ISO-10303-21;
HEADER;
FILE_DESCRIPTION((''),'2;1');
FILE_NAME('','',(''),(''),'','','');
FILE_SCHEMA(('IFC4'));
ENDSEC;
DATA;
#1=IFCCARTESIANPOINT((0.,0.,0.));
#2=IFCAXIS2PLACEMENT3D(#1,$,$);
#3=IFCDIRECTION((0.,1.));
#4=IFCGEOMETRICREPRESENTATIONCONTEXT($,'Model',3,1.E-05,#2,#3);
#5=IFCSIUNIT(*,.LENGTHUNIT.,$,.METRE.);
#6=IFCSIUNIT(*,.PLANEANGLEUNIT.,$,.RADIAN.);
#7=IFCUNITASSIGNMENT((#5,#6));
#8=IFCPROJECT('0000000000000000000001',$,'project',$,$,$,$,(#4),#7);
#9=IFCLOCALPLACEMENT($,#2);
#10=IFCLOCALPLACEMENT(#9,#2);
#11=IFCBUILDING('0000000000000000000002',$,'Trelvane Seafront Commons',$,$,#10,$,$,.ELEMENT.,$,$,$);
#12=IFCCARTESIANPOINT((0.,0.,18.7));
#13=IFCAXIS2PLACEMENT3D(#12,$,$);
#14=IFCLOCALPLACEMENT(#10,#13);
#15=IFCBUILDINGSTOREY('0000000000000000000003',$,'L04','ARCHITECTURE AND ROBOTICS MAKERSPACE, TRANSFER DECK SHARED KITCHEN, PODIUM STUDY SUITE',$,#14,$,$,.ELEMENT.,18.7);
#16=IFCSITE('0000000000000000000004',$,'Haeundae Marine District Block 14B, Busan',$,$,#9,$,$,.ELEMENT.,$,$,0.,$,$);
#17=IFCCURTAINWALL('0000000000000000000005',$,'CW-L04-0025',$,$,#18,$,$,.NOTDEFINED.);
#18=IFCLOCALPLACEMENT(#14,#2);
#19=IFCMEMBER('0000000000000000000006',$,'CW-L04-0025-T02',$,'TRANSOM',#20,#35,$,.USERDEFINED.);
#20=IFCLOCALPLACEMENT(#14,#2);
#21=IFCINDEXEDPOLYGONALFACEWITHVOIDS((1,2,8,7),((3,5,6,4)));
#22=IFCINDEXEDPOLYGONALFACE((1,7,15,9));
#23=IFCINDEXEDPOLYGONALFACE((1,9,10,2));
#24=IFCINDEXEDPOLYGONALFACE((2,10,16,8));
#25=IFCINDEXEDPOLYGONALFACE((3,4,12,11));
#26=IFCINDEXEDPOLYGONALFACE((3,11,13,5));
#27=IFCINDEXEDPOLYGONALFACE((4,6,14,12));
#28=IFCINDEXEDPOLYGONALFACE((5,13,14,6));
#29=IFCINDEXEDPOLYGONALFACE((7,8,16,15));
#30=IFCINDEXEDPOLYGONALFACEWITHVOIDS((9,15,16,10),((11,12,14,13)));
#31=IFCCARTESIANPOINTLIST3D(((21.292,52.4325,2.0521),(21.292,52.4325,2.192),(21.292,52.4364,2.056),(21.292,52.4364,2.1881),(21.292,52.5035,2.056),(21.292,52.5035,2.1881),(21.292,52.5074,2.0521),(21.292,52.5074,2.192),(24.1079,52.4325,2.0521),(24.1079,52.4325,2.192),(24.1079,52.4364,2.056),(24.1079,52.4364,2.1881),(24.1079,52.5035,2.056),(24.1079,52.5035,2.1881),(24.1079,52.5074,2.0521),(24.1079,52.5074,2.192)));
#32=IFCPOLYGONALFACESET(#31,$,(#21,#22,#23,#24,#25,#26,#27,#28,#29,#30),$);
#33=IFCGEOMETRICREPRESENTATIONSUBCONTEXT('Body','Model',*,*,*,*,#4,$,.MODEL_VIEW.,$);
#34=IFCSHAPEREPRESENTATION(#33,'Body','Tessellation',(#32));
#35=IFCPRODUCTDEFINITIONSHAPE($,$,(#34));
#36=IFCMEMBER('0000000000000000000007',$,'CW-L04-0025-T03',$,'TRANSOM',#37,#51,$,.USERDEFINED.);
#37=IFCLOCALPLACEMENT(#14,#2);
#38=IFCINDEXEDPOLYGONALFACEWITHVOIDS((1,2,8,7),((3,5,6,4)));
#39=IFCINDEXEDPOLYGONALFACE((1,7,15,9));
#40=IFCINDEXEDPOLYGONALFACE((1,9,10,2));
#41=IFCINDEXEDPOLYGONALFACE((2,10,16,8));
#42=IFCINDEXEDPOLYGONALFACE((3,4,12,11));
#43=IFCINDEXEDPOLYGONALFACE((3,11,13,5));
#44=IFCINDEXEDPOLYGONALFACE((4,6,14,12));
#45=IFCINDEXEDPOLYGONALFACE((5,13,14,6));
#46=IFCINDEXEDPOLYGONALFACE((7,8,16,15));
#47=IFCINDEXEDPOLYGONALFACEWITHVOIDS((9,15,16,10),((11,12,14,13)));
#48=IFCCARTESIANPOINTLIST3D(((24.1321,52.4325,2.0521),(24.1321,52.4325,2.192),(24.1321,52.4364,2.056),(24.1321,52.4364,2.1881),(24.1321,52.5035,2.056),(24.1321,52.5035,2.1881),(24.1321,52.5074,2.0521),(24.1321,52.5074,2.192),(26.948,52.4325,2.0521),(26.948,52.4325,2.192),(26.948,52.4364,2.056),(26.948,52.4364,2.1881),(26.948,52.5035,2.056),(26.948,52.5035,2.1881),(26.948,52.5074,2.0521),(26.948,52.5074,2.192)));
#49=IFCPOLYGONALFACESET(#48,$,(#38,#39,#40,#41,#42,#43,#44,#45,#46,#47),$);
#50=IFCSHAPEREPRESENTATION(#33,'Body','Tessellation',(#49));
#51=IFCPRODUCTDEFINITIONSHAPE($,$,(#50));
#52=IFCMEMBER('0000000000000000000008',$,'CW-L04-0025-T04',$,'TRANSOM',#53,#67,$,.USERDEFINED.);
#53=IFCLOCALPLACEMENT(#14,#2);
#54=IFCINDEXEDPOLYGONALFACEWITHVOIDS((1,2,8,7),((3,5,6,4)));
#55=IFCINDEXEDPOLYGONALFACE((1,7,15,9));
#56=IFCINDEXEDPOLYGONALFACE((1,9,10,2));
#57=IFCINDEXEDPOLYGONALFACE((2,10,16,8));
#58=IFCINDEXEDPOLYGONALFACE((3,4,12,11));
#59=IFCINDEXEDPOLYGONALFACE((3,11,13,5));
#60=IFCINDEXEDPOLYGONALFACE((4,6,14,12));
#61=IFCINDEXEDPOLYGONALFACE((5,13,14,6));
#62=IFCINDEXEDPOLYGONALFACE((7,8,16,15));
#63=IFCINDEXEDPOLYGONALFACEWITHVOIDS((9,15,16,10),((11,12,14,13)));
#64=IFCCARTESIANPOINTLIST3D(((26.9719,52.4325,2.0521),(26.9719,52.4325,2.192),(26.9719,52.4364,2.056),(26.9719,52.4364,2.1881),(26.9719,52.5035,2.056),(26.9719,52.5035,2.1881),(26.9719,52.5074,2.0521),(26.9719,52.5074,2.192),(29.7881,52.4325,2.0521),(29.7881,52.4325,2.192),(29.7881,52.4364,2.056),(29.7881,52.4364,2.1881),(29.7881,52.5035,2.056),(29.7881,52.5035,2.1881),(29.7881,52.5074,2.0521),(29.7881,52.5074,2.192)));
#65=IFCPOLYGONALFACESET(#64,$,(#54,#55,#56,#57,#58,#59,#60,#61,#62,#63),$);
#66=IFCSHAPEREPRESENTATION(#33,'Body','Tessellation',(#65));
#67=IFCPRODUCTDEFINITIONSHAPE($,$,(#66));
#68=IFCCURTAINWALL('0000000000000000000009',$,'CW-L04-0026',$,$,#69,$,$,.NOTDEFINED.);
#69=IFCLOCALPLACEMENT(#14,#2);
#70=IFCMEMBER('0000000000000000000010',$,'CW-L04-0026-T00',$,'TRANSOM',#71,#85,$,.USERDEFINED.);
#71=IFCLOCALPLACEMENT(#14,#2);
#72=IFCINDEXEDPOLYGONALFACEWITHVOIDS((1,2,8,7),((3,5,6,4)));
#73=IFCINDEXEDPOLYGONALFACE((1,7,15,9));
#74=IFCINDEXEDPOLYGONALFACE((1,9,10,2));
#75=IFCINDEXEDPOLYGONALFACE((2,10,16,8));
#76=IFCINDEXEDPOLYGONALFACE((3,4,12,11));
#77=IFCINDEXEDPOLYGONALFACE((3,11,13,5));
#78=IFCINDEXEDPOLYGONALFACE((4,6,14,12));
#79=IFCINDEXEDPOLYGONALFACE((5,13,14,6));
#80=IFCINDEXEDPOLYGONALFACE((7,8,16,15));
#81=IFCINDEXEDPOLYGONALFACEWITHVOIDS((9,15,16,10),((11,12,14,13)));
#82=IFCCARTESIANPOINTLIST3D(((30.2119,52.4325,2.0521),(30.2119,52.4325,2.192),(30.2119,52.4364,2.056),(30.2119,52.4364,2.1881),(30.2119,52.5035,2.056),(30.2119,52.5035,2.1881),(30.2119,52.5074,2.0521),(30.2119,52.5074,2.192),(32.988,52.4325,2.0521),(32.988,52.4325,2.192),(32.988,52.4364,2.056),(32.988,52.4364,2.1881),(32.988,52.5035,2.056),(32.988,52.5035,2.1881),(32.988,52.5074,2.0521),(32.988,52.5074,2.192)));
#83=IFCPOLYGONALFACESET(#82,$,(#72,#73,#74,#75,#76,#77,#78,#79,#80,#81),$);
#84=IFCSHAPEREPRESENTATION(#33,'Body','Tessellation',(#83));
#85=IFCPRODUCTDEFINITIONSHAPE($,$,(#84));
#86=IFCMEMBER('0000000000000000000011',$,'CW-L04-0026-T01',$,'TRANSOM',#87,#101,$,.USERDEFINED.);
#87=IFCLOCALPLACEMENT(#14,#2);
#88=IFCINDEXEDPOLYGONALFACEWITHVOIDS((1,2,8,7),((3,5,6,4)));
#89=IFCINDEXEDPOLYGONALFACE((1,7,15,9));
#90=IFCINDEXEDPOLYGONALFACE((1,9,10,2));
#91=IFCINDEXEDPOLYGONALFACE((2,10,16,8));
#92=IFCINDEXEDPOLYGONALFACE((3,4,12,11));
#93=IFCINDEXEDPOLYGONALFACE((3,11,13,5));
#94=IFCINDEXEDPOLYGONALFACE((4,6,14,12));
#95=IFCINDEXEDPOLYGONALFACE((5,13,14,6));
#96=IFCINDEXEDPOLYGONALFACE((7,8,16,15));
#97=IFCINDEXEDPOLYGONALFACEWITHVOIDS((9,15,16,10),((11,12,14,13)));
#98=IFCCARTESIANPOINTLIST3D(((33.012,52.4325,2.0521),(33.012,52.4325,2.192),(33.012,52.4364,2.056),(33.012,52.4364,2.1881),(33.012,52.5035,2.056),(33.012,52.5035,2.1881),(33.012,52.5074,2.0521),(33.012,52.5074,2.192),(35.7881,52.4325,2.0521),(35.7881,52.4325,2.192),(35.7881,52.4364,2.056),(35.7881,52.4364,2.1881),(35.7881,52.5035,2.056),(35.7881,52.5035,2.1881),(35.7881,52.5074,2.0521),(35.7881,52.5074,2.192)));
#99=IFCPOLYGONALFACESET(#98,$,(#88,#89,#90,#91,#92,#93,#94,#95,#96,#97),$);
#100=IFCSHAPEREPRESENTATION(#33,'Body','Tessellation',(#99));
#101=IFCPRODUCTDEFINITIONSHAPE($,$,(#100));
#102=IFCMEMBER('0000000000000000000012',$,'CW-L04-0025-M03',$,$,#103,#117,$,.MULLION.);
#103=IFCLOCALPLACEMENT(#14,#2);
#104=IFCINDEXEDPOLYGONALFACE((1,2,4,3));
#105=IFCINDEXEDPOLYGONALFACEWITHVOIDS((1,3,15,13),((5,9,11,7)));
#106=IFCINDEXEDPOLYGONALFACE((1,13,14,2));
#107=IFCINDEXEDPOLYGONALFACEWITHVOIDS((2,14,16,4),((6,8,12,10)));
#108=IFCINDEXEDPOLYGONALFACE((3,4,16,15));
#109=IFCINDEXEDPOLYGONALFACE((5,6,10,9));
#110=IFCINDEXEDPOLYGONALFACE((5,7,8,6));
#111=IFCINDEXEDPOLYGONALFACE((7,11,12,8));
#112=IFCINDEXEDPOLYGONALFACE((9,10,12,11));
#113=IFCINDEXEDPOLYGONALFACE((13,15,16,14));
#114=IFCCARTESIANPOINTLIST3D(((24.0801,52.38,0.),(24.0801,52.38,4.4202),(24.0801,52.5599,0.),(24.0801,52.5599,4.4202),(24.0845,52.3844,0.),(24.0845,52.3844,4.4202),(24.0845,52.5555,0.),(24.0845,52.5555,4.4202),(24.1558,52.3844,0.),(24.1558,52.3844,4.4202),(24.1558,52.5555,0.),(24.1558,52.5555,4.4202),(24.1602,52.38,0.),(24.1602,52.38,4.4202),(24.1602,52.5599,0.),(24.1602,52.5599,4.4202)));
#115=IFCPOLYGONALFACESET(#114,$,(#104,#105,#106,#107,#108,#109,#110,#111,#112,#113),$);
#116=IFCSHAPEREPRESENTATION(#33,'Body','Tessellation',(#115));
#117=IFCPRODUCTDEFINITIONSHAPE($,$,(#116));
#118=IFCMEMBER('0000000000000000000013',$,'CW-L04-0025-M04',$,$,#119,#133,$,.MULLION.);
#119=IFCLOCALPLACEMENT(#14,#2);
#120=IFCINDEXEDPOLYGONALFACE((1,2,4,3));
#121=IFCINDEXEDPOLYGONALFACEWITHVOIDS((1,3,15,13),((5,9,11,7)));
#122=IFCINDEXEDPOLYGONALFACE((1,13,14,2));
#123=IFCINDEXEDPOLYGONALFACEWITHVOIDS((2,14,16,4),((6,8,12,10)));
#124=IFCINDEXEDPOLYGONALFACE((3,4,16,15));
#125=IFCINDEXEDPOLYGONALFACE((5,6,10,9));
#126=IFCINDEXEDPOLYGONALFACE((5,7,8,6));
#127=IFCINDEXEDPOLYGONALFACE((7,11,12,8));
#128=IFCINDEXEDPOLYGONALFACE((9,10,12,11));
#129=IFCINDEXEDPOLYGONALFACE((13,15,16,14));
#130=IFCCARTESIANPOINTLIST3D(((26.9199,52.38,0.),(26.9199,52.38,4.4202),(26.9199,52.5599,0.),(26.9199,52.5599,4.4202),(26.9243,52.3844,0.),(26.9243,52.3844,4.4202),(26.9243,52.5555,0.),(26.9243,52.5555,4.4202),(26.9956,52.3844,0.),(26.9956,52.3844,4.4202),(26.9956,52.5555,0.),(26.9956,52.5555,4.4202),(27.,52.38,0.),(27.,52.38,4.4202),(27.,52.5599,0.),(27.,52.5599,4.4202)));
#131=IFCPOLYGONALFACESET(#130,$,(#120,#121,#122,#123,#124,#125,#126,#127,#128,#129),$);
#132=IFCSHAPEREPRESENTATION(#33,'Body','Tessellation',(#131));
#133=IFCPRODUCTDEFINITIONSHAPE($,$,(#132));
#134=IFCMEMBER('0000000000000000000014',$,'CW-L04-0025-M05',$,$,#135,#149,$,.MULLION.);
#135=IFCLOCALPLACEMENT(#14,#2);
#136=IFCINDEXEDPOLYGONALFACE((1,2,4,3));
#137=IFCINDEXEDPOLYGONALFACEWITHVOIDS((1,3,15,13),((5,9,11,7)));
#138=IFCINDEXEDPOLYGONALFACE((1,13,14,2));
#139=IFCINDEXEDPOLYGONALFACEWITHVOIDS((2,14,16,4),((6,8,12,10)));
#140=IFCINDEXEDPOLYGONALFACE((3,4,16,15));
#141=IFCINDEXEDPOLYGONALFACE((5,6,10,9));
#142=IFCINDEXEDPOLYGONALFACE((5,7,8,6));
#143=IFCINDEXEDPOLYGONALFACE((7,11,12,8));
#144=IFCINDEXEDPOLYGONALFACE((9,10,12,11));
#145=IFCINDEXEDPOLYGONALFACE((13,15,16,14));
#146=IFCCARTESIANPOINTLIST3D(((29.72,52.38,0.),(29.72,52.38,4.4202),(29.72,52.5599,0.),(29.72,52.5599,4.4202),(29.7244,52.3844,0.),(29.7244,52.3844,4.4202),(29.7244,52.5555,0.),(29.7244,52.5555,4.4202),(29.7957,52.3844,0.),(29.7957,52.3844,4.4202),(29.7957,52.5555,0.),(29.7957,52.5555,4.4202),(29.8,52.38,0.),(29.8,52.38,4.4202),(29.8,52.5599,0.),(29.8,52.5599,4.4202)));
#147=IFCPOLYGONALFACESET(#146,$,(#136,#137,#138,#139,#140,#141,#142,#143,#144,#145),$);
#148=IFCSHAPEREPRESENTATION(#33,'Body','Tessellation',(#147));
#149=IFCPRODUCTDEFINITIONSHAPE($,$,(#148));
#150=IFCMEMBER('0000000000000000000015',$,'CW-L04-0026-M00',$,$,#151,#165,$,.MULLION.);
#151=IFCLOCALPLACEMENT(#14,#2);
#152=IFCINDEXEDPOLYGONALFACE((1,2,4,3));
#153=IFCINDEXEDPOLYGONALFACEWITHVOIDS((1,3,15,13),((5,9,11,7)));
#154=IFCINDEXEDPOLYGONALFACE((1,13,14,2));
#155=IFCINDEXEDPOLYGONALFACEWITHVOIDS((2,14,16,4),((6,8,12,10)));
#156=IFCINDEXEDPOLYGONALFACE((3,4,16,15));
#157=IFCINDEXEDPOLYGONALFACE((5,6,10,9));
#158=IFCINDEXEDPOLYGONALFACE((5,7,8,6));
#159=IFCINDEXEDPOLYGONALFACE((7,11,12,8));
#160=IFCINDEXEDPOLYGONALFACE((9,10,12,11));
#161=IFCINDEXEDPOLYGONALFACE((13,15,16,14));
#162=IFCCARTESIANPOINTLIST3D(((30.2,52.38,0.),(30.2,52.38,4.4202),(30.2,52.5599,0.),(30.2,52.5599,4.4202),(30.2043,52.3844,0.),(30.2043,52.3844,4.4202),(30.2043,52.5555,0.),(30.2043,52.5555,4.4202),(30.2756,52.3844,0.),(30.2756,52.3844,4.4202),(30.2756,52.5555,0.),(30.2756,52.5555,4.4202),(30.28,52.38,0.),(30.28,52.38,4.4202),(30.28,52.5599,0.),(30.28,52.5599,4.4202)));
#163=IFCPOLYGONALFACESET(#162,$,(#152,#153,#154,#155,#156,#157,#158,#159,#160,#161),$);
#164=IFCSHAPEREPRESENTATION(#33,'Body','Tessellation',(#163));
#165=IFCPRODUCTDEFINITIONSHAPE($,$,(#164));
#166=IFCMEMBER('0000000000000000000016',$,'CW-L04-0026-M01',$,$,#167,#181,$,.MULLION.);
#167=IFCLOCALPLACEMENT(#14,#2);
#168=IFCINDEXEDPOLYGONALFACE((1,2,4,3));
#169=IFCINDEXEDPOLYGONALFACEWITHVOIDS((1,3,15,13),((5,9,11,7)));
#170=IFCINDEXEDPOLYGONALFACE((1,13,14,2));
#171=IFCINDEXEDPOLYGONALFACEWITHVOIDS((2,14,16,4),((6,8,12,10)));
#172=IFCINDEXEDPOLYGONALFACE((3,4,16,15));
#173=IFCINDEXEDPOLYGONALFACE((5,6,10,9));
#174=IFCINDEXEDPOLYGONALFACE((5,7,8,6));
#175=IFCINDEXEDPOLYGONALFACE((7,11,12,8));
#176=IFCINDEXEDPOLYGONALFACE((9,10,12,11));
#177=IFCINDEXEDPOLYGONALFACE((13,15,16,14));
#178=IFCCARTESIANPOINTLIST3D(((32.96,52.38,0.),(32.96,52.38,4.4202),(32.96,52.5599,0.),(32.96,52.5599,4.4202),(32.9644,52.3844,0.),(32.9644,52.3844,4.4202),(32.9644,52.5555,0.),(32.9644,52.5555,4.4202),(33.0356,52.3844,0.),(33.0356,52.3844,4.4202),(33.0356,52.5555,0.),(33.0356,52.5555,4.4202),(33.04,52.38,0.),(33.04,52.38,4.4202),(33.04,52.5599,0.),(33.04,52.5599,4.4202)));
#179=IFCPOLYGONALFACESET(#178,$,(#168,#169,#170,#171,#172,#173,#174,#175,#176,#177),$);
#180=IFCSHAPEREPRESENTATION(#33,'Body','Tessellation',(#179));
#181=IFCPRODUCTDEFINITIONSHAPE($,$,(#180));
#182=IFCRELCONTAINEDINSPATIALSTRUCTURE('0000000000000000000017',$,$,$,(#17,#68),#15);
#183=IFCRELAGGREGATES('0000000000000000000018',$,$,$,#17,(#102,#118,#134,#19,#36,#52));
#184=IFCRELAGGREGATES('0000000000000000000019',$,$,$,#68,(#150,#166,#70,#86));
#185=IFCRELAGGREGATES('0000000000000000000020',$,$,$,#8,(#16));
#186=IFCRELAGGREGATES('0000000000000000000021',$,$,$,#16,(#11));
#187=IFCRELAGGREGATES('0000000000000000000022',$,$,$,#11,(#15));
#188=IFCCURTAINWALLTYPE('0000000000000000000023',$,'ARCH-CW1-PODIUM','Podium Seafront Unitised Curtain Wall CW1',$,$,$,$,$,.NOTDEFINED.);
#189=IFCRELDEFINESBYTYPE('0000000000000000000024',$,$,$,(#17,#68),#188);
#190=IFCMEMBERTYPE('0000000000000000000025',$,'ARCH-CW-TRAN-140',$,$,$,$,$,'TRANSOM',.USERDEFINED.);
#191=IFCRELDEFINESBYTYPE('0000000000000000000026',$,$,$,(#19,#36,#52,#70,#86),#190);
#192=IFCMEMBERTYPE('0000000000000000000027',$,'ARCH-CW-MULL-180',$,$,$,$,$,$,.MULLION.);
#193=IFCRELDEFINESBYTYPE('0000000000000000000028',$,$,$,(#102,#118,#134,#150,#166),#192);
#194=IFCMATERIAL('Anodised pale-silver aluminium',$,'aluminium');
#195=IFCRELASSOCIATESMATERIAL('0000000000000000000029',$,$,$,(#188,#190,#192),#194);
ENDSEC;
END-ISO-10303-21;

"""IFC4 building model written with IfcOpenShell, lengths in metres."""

from ifc_helpers import new_model, si_unit, direction, frame, origin, origin_2d, place, context, subcontext, project, spatial, hollow_rectangle, extrude, source, transform, mapped, material, material_profile, profile_set, type_object, element, aggregate, save


model = new_model("IFC4")

# Units and contexts
model_context = context("Model", 3, precision=1e-05, world=origin(), true_north=direction((0.0, 1.0)))
body_context = subcontext(model_context, "Body", "Model", "MODEL_VIEW")
ifc_project = project(units=[si_unit("LENGTHUNIT", "METRE"), si_unit("PLANEANGLEUNIT", "RADIAN")], contexts=[model_context])

# Site, building, storey
site_placement = place(None, origin())
site = spatial("IfcSite", under=ifc_project, at=site_placement, Name="Haeundae Marine District Block 14B, Busan", CompositionType="ELEMENT", RefElevation=0.0)
building_placement = place(site_placement, origin())
building = spatial("IfcBuilding", under=site, at=building_placement, Name="Trelvane Seafront Commons", CompositionType="ELEMENT")
storey_placement = place(building_placement, frame((0.0, 0.0, 18.7)))
storey = spatial("IfcBuildingStorey", under=building, at=storey_placement, Name="L04", Description="ARCHITECTURE AND ROBOTICS MAKERSPACE, TRANSFER DECK SHARED KITCHEN, PODIUM STUDY SUITE", CompositionType="ELEMENT", Elevation=18.7)

# Curtain walls, members
ifc_material_1 = material(Name="Anodised pale-silver aluminium", Category="aluminium")
curtain_wall_type = type_object("IfcCurtainWallType", Name="ARCH-CW1-PODIUM", Description="Podium Seafront Unitised Curtain Wall CW1", PredefinedType="NOTDEFINED", material=ifc_material_1)
curtain_wall_1_placement = place(storey_placement, origin())
curtain_wall_1 = element("IfcCurtainWall", 1, at=curtain_wall_1_placement, inside=storey, type_object=curtain_wall_type, Name="CW-L04-0025", PredefinedType="NOTDEFINED")
ifc_material_profile_1 = material_profile(ifc_material_1, hollow_rectangle(XDim=0.075, YDim=0.1399, WallThickness=0.0039, at=origin_2d()), Name="TRAN-75x140x4")
ifc_profile_set_1 = profile_set([ifc_material_profile_1], Name="Anodised pale-silver aluminium")
member_type_1 = type_object("IfcMemberType", Name="ARCH-CW-TRAN-140", ElementType="TRANSOM", PredefinedType="USERDEFINED", material=ifc_profile_set_1)
shared_shape_1 = source(origin(), body_context, "Body", "SweptSolid", [
    extrude(hollow_rectangle(XDim=0.075, YDim=0.1399, WallThickness=0.0039, at=origin_2d()), origin(), (0.0, 0.0, 1.0), 2.8159),
])
member_1_placement = place(storey_placement, frame((21.292, 52.47, 2.1221), z_axis=(1.0, 0.0, 0.0), x_axis=(0.0, 1.0, 0.0)))
member_1 = element("IfcMember", 2, at=member_1_placement, type_object=member_type_1, Name="CW-L04-0025-T02", ObjectType="TRANSOM", PredefinedType="USERDEFINED", context=body_context, shape_type="MappedRepresentation", body=[
    mapped(shared_shape_1, transform((0.0, 0.0, 0.0), x_axis=(1.0, 0.0, 0.0), y_axis=(0.0, 1.0, 0.0), z_axis=(0.0, 0.0, 1.0), scale=1.0)),
])
member_2_placement = place(storey_placement, frame((24.1321, 52.47, 2.1221), z_axis=(1.0, 0.0, 0.0), x_axis=(0.0, 1.0, 0.0)))
member_2 = element("IfcMember", 3, at=member_2_placement, type_object=member_type_1, Name="CW-L04-0025-T03", ObjectType="TRANSOM", PredefinedType="USERDEFINED", context=body_context, shape_type="MappedRepresentation", body=[
    mapped(shared_shape_1, transform((0.0, 0.0, 0.0), x_axis=(1.0, 0.0, 0.0), y_axis=(0.0, 1.0, 0.0), z_axis=(0.0, 0.0, 1.0), scale=1.0)),
])
shared_shape_2 = source(origin(), body_context, "Body", "SweptSolid", [
    extrude(hollow_rectangle(XDim=0.075, YDim=0.1399, WallThickness=0.0039, at=origin_2d()), origin(), (0.0, 0.0, 1.0), 2.8162),
])
member_3_placement = place(storey_placement, frame((26.9719, 52.47, 2.1221), z_axis=(1.0, 0.0, 0.0), x_axis=(0.0, 1.0, 0.0)))
member_3 = element("IfcMember", 4, at=member_3_placement, type_object=member_type_1, Name="CW-L04-0025-T04", ObjectType="TRANSOM", PredefinedType="USERDEFINED", context=body_context, shape_type="MappedRepresentation", body=[
    mapped(shared_shape_2, transform((0.0, 0.0, 0.0), x_axis=(1.0, 0.0, 0.0), y_axis=(0.0, 1.0, 0.0), z_axis=(0.0, 0.0, 1.0), scale=1.0)),
])
curtain_wall_2_placement = place(storey_placement, origin())
curtain_wall_2 = element("IfcCurtainWall", 5, at=curtain_wall_2_placement, inside=storey, type_object=curtain_wall_type, Name="CW-L04-0026", PredefinedType="NOTDEFINED")
shared_shape_3 = source(origin(), body_context, "Body", "SweptSolid", [
    extrude(hollow_rectangle(XDim=0.075, YDim=0.1399, WallThickness=0.0039, at=origin_2d()), origin(), (0.0, 0.0, 1.0), 2.7761),
])
member_4_placement = place(storey_placement, frame((30.2119, 52.47, 2.1221), z_axis=(1.0, 0.0, 0.0), x_axis=(0.0, 1.0, 0.0)))
member_4 = element("IfcMember", 6, at=member_4_placement, type_object=member_type_1, Name="CW-L04-0026-T00", ObjectType="TRANSOM", PredefinedType="USERDEFINED", context=body_context, shape_type="MappedRepresentation", body=[
    mapped(shared_shape_3, transform((0.0, 0.0, 0.0), x_axis=(1.0, 0.0, 0.0), y_axis=(0.0, 1.0, 0.0), z_axis=(0.0, 0.0, 1.0), scale=1.0)),
])
member_5_placement = place(storey_placement, frame((33.012, 52.47, 2.1221), z_axis=(1.0, 0.0, 0.0), x_axis=(0.0, 1.0, 0.0)))
member_5 = element("IfcMember", 7, at=member_5_placement, type_object=member_type_1, Name="CW-L04-0026-T01", ObjectType="TRANSOM", PredefinedType="USERDEFINED", context=body_context, shape_type="MappedRepresentation", body=[
    mapped(shared_shape_3, transform((0.0, 0.0, 0.0), x_axis=(1.0, 0.0, 0.0), y_axis=(0.0, 1.0, 0.0), z_axis=(0.0, 0.0, 1.0), scale=1.0)),
])

# Members
ifc_material_profile_2 = material_profile(ifc_material_1, hollow_rectangle(XDim=0.0801, YDim=0.1799, WallThickness=0.0044, at=origin_2d()), Name="MULL-80x180x4.5")
ifc_profile_set_2 = profile_set([ifc_material_profile_2], Name="Anodised pale-silver aluminium")
member_type_2 = type_object("IfcMemberType", Name="ARCH-CW-MULL-180", PredefinedType="MULLION", material=ifc_profile_set_2)
shared_shape_4 = source(origin(), body_context, "Body", "SweptSolid", [
    extrude(hollow_rectangle(XDim=0.0801, YDim=0.1799, WallThickness=0.0044, at=origin_2d()), origin(), (0.0, 0.0, 1.0), 4.4202),
])
member_6_placement = place(storey_placement, frame((24.1201, 52.47, 0.0), z_axis=(0.0, 0.0, 1.0), x_axis=(1.0, 0.0, 0.0)))
member_6 = element("IfcMember", 8, at=member_6_placement, type_object=member_type_2, Name="CW-L04-0025-M03", PredefinedType="MULLION", context=body_context, shape_type="MappedRepresentation", body=[
    mapped(shared_shape_4, transform((0.0, 0.0, 0.0), x_axis=(1.0, 0.0, 0.0), y_axis=(0.0, 1.0, 0.0), z_axis=(0.0, 0.0, 1.0), scale=1.0)),
])
member_7_placement = place(storey_placement, frame((26.96, 52.47, 0.0), z_axis=(0.0, 0.0, 1.0), x_axis=(1.0, 0.0, 0.0)))
member_7 = element("IfcMember", 9, at=member_7_placement, type_object=member_type_2, Name="CW-L04-0025-M04", PredefinedType="MULLION", context=body_context, shape_type="MappedRepresentation", body=[
    mapped(shared_shape_4, transform((0.0, 0.0, 0.0), x_axis=(1.0, 0.0, 0.0), y_axis=(0.0, 1.0, 0.0), z_axis=(0.0, 0.0, 1.0), scale=1.0)),
])
member_8_placement = place(storey_placement, frame((29.76, 52.47, 0.0), z_axis=(0.0, 0.0, 1.0), x_axis=(1.0, 0.0, 0.0)))
member_8 = element("IfcMember", 10, at=member_8_placement, type_object=member_type_2, Name="CW-L04-0025-M05", PredefinedType="MULLION", context=body_context, shape_type="MappedRepresentation", body=[
    mapped(shared_shape_4, transform((0.0, 0.0, 0.0), x_axis=(1.0, 0.0, 0.0), y_axis=(0.0, 1.0, 0.0), z_axis=(0.0, 0.0, 1.0), scale=1.0)),
])
member_9_placement = place(storey_placement, frame((30.24, 52.47, 0.0), z_axis=(0.0, 0.0, 1.0), x_axis=(1.0, 0.0, 0.0)))
member_9 = element("IfcMember", 11, at=member_9_placement, type_object=member_type_2, Name="CW-L04-0026-M00", PredefinedType="MULLION", context=body_context, shape_type="MappedRepresentation", body=[
    mapped(shared_shape_4, transform((0.0, 0.0, 0.0), x_axis=(1.0, 0.0, 0.0), y_axis=(0.0, 1.0, 0.0), z_axis=(0.0, 0.0, 1.0), scale=1.0)),
])
member_10_placement = place(storey_placement, frame((33.0, 52.47, 0.0), z_axis=(0.0, 0.0, 1.0), x_axis=(1.0, 0.0, 0.0)))
member_10 = element("IfcMember", 12, at=member_10_placement, type_object=member_type_2, Name="CW-L04-0026-M01", PredefinedType="MULLION", context=body_context, shape_type="MappedRepresentation", body=[
    mapped(shared_shape_4, transform((0.0, 0.0, 0.0), x_axis=(1.0, 0.0, 0.0), y_axis=(0.0, 1.0, 0.0), z_axis=(0.0, 0.0, 1.0), scale=1.0)),
])

aggregate(curtain_wall_1, [member_6, member_7, member_8, member_1, member_2, member_3])
aggregate(curtain_wall_2, [member_9, member_10, member_4, member_5])

save(model, "model.ifc")
